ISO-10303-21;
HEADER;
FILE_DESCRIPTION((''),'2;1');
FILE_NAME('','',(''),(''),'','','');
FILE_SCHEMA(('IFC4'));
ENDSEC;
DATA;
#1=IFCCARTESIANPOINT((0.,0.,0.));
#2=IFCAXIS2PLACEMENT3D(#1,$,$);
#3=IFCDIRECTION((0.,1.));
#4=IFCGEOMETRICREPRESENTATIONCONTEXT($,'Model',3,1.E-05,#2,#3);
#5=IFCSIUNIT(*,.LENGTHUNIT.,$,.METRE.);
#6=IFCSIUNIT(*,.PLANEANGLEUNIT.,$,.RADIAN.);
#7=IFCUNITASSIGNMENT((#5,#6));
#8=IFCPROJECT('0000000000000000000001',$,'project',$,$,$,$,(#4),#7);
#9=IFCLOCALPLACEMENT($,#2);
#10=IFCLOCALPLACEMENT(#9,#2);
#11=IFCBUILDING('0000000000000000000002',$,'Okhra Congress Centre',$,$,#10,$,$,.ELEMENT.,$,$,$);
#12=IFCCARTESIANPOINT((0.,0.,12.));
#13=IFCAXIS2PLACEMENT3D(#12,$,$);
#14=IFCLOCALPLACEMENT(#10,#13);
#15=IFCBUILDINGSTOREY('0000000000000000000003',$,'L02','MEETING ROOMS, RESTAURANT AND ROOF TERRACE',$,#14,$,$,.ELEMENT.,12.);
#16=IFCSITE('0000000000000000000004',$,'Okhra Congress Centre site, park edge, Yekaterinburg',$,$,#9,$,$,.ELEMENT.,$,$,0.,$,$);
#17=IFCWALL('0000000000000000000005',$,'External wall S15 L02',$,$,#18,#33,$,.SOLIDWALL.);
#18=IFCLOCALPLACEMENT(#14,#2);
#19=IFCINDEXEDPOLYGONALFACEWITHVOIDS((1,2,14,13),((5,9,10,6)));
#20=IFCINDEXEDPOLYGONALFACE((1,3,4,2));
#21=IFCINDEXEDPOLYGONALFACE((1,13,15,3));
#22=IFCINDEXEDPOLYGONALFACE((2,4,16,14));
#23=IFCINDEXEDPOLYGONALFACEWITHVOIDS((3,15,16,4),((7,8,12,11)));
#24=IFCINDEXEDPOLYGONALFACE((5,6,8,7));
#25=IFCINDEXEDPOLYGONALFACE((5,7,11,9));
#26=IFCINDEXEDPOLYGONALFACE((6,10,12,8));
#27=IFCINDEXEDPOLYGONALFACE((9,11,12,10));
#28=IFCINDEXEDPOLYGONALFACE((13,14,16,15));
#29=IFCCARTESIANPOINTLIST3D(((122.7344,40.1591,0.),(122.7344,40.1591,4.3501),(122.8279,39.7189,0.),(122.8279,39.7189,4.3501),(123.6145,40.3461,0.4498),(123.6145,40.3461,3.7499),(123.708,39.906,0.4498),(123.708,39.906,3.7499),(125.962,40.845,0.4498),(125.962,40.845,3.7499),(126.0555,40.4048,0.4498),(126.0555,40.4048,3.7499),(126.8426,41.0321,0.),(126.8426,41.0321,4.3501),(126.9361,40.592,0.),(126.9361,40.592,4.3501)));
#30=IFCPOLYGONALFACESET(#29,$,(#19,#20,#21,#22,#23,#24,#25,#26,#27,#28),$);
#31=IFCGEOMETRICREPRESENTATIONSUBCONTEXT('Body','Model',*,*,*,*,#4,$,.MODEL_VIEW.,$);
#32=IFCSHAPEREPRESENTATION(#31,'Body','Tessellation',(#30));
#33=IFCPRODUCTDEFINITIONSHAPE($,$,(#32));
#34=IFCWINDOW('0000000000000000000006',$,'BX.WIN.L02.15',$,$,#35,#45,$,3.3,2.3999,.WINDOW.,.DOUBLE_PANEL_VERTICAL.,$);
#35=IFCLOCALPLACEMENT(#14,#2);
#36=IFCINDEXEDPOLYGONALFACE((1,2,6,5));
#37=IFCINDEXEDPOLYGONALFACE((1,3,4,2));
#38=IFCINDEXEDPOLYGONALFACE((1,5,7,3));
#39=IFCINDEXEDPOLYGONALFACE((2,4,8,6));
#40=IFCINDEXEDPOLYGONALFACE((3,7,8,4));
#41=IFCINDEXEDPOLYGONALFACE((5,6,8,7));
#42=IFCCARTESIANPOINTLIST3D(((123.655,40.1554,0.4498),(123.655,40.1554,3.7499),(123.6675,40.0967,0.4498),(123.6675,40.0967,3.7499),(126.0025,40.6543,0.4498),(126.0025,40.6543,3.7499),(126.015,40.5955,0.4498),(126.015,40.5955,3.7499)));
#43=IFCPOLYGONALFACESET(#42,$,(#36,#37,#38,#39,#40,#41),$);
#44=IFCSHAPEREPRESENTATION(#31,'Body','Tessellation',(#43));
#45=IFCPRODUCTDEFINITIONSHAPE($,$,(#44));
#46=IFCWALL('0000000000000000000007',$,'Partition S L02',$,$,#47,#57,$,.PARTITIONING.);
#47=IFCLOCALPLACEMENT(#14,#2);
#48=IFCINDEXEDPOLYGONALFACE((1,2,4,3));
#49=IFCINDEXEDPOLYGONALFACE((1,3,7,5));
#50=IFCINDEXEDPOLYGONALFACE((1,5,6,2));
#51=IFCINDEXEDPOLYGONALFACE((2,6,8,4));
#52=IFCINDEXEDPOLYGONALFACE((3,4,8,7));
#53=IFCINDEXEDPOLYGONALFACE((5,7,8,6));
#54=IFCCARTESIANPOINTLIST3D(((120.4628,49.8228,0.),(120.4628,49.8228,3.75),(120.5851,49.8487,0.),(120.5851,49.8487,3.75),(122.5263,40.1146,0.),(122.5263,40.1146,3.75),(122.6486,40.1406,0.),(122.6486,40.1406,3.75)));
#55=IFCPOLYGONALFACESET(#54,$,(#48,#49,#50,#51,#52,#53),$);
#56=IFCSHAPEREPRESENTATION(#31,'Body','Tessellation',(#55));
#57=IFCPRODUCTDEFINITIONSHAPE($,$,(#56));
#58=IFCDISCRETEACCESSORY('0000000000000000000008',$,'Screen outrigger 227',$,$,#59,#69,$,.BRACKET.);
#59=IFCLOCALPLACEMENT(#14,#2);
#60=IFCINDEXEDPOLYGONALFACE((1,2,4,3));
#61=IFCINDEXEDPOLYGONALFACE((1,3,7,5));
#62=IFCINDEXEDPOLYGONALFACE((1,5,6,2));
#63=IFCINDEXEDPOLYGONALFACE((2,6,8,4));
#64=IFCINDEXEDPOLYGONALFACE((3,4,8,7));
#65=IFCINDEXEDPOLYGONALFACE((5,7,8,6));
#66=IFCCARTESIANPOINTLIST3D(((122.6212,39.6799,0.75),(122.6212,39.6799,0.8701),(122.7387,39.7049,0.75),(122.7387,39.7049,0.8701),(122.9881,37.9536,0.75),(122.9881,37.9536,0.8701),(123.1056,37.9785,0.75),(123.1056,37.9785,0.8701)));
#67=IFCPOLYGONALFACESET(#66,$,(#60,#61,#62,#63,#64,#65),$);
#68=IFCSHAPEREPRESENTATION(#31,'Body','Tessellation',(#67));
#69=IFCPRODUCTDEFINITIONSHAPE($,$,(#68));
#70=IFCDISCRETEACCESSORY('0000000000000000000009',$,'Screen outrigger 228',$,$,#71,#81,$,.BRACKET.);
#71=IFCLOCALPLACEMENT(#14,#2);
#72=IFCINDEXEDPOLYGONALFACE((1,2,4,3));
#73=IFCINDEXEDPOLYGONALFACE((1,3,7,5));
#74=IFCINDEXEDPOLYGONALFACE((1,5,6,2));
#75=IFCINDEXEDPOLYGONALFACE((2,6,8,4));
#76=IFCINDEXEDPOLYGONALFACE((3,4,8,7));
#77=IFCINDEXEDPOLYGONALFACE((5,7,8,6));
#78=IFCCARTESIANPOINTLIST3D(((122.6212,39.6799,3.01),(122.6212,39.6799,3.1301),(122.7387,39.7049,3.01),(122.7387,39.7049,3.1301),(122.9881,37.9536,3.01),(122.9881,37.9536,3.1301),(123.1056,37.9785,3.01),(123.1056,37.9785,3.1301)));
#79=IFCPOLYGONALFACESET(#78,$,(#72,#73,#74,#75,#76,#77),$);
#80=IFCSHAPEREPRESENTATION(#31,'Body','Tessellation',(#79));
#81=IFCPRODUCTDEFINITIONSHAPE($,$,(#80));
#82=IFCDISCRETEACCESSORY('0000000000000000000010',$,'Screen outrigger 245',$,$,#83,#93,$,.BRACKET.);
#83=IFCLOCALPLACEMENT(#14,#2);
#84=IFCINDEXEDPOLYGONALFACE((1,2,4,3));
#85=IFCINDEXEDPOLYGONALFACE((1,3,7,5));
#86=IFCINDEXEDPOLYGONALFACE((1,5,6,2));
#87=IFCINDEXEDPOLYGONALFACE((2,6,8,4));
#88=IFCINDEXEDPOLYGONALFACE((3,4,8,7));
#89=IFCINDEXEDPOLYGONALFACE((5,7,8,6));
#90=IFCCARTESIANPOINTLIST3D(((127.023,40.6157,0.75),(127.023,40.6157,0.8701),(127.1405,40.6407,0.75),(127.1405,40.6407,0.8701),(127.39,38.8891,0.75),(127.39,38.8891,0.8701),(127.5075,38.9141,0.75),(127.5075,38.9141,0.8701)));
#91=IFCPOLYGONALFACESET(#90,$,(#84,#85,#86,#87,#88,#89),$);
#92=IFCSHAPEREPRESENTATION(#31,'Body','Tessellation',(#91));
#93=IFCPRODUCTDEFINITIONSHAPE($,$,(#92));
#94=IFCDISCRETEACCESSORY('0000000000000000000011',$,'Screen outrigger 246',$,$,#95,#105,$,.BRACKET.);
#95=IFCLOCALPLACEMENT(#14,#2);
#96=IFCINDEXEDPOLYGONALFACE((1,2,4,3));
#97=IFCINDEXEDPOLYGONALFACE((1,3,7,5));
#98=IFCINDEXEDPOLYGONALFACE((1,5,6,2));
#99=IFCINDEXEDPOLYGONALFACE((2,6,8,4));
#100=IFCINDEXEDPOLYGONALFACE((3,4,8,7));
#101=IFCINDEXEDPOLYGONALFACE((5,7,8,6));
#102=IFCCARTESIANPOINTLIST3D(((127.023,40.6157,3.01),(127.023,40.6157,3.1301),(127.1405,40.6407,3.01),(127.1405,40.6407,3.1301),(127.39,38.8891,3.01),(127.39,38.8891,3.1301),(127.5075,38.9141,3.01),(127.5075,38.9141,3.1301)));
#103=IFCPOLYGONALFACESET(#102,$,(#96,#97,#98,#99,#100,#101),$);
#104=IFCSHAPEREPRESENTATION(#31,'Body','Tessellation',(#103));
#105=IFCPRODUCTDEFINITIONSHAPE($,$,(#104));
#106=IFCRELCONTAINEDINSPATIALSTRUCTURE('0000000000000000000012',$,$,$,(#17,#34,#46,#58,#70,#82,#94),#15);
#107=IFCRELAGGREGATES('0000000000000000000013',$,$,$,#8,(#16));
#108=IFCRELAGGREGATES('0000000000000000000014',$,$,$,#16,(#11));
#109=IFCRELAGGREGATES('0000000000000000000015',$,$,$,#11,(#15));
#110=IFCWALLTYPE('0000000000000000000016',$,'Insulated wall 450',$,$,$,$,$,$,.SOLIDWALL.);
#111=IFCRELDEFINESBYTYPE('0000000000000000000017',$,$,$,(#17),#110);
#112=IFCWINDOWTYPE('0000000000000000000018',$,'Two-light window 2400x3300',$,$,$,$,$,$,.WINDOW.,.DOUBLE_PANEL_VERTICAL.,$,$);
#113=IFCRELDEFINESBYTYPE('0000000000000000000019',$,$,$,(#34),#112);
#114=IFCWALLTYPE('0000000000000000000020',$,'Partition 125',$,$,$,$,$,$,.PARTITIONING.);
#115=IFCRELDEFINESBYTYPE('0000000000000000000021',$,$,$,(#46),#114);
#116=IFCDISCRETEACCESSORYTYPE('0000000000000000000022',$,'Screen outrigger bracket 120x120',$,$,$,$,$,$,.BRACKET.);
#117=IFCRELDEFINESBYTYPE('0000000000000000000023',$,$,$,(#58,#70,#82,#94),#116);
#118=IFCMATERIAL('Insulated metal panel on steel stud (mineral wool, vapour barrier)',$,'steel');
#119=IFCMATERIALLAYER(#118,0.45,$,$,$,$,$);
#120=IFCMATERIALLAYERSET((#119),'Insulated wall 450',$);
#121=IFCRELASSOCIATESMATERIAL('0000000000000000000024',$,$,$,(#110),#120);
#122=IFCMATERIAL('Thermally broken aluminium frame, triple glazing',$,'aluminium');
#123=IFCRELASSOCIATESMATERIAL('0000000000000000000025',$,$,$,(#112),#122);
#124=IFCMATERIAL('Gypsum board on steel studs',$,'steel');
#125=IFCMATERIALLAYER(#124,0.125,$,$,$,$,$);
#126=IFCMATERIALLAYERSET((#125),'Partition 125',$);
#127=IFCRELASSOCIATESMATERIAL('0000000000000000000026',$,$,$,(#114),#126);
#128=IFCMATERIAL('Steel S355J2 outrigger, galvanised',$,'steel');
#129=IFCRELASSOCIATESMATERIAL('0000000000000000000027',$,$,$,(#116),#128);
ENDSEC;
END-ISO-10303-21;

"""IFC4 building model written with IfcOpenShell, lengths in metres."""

from ifc_helpers import new_model, si_unit, direction, frame, frame_2d, origin, origin_2d, place, context, subcontext, project, spatial, rectangle, extrude, material, layer, layer_set, material_profile, profile_set, type_object, element, fill, save


model = new_model("IFC4")

# Units and contexts
model_context = context("Model", 3, precision=1e-05, world=origin(), true_north=direction((0.0, 1.0)))
body_context = subcontext(model_context, "Body", "Model", "MODEL_VIEW")
ifc_project = project(units=[si_unit("LENGTHUNIT", "METRE"), si_unit("PLANEANGLEUNIT", "RADIAN")], contexts=[model_context])

# Site, building, storey
site_placement = place(None, origin())
site = spatial("IfcSite", under=ifc_project, at=site_placement, Name="Okhra Congress Centre site, park edge, Yekaterinburg", CompositionType="ELEMENT", RefElevation=0.0)
building_placement = place(site_placement, origin())
building = spatial("IfcBuilding", under=site, at=building_placement, Name="Okhra Congress Centre", CompositionType="ELEMENT")
storey_placement = place(building_placement, frame((0.0, 0.0, 12.0)))
storey = spatial("IfcBuildingStorey", under=building, at=storey_placement, Name="L02", Description="MEETING ROOMS, RESTAURANT AND ROOF TERRACE", CompositionType="ELEMENT", Elevation=12.0)

# Wall, opening, window
ifc_material_1 = material(Name="Insulated metal panel on steel stud (mineral wool, vapour barrier)", Category="steel")
ifc_layer_1 = layer(ifc_material_1, 0.45)
ifc_layer_set_1 = layer_set([ifc_layer_1], Name="Insulated wall 450")
wall_type_1 = type_object("IfcWallType", Name="Insulated wall 450", PredefinedType="SOLIDWALL", material=ifc_layer_set_1)
ifc_material_2 = material(Name="Thermally broken aluminium frame, triple glazing", Category="aluminium")
wall_1_placement = place(storey_placement, frame((122.781, 39.939, 0.0), z_axis=(0.0, 0.0, 1.0), x_axis=(0.978156, 0.207873, 0.0)))
wall_1 = element("IfcWall", 1, at=wall_1_placement, inside=storey, type_object=wall_type_1, Name="External wall S15 L02", PredefinedType="SOLIDWALL", context=body_context, shape_type="SweptSolid", body=[
    extrude(rectangle(XDim=4.2, YDim=0.45, at=frame_2d((2.1001, 0.0))), origin(), (0.0, 0.0, 1.0), 4.3501),
])
opening_1_placement = place(wall_1_placement, frame((0.8999, 0.0, 0.45)))
opening_1 = element("IfcOpeningElement", 2, at=opening_1_placement, cuts=wall_1, PredefinedType="OPENING", context=body_context, shape_type="SweptSolid", body=[
    extrude(rectangle(XDim=2.3999, YDim=3.3, at=frame_2d((1.2, 1.6499))), frame((0.0, 0.2349, 0.0), z_axis=(0.0, -1.0, 0.0), x_axis=(1.0, 0.0, 0.0)), (0.0, 0.0, 1.0), 0.47),
])
window_type_1 = type_object("IfcWindowType", Name="Two-light window 2400x3300", PartitioningType="DOUBLE_PANEL_VERTICAL", PredefinedType="WINDOW", material=ifc_material_2)
window_1_placement = place(opening_1_placement, origin())
window_1 = element("IfcWindow", 3, at=window_1_placement, inside=storey, type_object=window_type_1, Name="BX.WIN.L02.15", OverallHeight=3.3, OverallWidth=2.3999, PartitioningType="DOUBLE_PANEL_VERTICAL", PredefinedType="WINDOW", context=body_context, shape_type="SweptSolid", body=[
    extrude(rectangle(XDim=2.3999, YDim=3.3, at=frame_2d((1.2, 1.6499))), frame((0.0, 0.03, 0.0), z_axis=(0.0, -1.0, 0.0), x_axis=(1.0, 0.0, 0.0)), (0.0, 0.0, 1.0), 0.0601),
])
fill(opening_1, window_1)

# Wall
ifc_material_3 = material(Name="Gypsum board on steel studs", Category="steel")
ifc_layer_2 = layer(ifc_material_3, 0.125)
ifc_layer_set_2 = layer_set([ifc_layer_2], Name="Partition 125")
wall_type_2 = type_object("IfcWallType", Name="Partition 125", PredefinedType="PARTITIONING", material=ifc_layer_set_2)
wall_2_placement = place(storey_placement, frame((122.5874, 40.1277, 0.0), z_axis=(0.0, 0.0, 1.0), x_axis=(-0.207904, 0.978149, 0.0)))
element("IfcWall", 4, at=wall_2_placement, inside=storey, type_object=wall_type_2, Name="Partition S L02", PredefinedType="PARTITIONING", context=body_context, shape_type="SweptSolid", body=[
    extrude(rectangle(XDim=9.925, YDim=0.125, at=frame_2d((4.9624, 0.0))), origin(), (0.0, 0.0, 1.0), 3.75),
])

# Discrete accessories
ifc_material_4 = material(Name="Steel S355J2 outrigger, galvanised", Category="steel")
ifc_material_profile_1 = material_profile(ifc_material_4, rectangle(XDim=0.1201, YDim=0.1201, at=origin_2d()), Name="Screen outrigger bracket 120x120")
ifc_profile_set_1 = profile_set([ifc_material_profile_1], Name="Steel S355J2 outrigger, galvanised")
discrete_accessory_type = type_object("IfcDiscreteAccessoryType", Name="Screen outrigger bracket 120x120", PredefinedType="BRACKET", material=ifc_profile_set_1)
for number, where, z_axis, x_axis, name in (
    (5, (122.6799, 39.6924, 0.8101), (0.207913, -0.978147, 0.0), (0.978147, 0.207913, 0.0), "Screen outrigger 227"),
    (6, (122.6799, 39.6924, 3.0701), (0.207913, -0.978147, 0.0), (0.978147, 0.207913, 0.0), "Screen outrigger 228"),
):
    element("IfcDiscreteAccessory", number, at=place(storey_placement, frame(where, z_axis=z_axis, x_axis=x_axis)), inside=storey, type_object=discrete_accessory_type, Name=name, PredefinedType="BRACKET", context=body_context, shape_type="SweptSolid", body=[
        extrude(rectangle(XDim=0.1201, YDim=0.1201, at=origin_2d()), origin(), (0.0, 0.0, 1.0), 1.7649),
    ])
for number, where, z_axis, x_axis, name in (
    (7, (127.0818, 40.6282, 0.8101), (0.207885, -0.978153, 0.0), (0.978153, 0.207885, 0.0), "Screen outrigger 245"),
    (8, (127.0818, 40.6282, 3.0701), (0.207885, -0.978153, 0.0), (0.978153, 0.207885, 0.0), "Screen outrigger 246"),
):
    element("IfcDiscreteAccessory", number, at=place(storey_placement, frame(where, z_axis=z_axis, x_axis=x_axis)), inside=storey, type_object=discrete_accessory_type, Name=name, PredefinedType="BRACKET", context=body_context, shape_type="SweptSolid", body=[
        extrude(rectangle(XDim=0.1201, YDim=0.1201, at=origin_2d()), origin(), (0.0, 0.0, 1.0), 1.7651),
    ])

save(model, "model.ifc")
